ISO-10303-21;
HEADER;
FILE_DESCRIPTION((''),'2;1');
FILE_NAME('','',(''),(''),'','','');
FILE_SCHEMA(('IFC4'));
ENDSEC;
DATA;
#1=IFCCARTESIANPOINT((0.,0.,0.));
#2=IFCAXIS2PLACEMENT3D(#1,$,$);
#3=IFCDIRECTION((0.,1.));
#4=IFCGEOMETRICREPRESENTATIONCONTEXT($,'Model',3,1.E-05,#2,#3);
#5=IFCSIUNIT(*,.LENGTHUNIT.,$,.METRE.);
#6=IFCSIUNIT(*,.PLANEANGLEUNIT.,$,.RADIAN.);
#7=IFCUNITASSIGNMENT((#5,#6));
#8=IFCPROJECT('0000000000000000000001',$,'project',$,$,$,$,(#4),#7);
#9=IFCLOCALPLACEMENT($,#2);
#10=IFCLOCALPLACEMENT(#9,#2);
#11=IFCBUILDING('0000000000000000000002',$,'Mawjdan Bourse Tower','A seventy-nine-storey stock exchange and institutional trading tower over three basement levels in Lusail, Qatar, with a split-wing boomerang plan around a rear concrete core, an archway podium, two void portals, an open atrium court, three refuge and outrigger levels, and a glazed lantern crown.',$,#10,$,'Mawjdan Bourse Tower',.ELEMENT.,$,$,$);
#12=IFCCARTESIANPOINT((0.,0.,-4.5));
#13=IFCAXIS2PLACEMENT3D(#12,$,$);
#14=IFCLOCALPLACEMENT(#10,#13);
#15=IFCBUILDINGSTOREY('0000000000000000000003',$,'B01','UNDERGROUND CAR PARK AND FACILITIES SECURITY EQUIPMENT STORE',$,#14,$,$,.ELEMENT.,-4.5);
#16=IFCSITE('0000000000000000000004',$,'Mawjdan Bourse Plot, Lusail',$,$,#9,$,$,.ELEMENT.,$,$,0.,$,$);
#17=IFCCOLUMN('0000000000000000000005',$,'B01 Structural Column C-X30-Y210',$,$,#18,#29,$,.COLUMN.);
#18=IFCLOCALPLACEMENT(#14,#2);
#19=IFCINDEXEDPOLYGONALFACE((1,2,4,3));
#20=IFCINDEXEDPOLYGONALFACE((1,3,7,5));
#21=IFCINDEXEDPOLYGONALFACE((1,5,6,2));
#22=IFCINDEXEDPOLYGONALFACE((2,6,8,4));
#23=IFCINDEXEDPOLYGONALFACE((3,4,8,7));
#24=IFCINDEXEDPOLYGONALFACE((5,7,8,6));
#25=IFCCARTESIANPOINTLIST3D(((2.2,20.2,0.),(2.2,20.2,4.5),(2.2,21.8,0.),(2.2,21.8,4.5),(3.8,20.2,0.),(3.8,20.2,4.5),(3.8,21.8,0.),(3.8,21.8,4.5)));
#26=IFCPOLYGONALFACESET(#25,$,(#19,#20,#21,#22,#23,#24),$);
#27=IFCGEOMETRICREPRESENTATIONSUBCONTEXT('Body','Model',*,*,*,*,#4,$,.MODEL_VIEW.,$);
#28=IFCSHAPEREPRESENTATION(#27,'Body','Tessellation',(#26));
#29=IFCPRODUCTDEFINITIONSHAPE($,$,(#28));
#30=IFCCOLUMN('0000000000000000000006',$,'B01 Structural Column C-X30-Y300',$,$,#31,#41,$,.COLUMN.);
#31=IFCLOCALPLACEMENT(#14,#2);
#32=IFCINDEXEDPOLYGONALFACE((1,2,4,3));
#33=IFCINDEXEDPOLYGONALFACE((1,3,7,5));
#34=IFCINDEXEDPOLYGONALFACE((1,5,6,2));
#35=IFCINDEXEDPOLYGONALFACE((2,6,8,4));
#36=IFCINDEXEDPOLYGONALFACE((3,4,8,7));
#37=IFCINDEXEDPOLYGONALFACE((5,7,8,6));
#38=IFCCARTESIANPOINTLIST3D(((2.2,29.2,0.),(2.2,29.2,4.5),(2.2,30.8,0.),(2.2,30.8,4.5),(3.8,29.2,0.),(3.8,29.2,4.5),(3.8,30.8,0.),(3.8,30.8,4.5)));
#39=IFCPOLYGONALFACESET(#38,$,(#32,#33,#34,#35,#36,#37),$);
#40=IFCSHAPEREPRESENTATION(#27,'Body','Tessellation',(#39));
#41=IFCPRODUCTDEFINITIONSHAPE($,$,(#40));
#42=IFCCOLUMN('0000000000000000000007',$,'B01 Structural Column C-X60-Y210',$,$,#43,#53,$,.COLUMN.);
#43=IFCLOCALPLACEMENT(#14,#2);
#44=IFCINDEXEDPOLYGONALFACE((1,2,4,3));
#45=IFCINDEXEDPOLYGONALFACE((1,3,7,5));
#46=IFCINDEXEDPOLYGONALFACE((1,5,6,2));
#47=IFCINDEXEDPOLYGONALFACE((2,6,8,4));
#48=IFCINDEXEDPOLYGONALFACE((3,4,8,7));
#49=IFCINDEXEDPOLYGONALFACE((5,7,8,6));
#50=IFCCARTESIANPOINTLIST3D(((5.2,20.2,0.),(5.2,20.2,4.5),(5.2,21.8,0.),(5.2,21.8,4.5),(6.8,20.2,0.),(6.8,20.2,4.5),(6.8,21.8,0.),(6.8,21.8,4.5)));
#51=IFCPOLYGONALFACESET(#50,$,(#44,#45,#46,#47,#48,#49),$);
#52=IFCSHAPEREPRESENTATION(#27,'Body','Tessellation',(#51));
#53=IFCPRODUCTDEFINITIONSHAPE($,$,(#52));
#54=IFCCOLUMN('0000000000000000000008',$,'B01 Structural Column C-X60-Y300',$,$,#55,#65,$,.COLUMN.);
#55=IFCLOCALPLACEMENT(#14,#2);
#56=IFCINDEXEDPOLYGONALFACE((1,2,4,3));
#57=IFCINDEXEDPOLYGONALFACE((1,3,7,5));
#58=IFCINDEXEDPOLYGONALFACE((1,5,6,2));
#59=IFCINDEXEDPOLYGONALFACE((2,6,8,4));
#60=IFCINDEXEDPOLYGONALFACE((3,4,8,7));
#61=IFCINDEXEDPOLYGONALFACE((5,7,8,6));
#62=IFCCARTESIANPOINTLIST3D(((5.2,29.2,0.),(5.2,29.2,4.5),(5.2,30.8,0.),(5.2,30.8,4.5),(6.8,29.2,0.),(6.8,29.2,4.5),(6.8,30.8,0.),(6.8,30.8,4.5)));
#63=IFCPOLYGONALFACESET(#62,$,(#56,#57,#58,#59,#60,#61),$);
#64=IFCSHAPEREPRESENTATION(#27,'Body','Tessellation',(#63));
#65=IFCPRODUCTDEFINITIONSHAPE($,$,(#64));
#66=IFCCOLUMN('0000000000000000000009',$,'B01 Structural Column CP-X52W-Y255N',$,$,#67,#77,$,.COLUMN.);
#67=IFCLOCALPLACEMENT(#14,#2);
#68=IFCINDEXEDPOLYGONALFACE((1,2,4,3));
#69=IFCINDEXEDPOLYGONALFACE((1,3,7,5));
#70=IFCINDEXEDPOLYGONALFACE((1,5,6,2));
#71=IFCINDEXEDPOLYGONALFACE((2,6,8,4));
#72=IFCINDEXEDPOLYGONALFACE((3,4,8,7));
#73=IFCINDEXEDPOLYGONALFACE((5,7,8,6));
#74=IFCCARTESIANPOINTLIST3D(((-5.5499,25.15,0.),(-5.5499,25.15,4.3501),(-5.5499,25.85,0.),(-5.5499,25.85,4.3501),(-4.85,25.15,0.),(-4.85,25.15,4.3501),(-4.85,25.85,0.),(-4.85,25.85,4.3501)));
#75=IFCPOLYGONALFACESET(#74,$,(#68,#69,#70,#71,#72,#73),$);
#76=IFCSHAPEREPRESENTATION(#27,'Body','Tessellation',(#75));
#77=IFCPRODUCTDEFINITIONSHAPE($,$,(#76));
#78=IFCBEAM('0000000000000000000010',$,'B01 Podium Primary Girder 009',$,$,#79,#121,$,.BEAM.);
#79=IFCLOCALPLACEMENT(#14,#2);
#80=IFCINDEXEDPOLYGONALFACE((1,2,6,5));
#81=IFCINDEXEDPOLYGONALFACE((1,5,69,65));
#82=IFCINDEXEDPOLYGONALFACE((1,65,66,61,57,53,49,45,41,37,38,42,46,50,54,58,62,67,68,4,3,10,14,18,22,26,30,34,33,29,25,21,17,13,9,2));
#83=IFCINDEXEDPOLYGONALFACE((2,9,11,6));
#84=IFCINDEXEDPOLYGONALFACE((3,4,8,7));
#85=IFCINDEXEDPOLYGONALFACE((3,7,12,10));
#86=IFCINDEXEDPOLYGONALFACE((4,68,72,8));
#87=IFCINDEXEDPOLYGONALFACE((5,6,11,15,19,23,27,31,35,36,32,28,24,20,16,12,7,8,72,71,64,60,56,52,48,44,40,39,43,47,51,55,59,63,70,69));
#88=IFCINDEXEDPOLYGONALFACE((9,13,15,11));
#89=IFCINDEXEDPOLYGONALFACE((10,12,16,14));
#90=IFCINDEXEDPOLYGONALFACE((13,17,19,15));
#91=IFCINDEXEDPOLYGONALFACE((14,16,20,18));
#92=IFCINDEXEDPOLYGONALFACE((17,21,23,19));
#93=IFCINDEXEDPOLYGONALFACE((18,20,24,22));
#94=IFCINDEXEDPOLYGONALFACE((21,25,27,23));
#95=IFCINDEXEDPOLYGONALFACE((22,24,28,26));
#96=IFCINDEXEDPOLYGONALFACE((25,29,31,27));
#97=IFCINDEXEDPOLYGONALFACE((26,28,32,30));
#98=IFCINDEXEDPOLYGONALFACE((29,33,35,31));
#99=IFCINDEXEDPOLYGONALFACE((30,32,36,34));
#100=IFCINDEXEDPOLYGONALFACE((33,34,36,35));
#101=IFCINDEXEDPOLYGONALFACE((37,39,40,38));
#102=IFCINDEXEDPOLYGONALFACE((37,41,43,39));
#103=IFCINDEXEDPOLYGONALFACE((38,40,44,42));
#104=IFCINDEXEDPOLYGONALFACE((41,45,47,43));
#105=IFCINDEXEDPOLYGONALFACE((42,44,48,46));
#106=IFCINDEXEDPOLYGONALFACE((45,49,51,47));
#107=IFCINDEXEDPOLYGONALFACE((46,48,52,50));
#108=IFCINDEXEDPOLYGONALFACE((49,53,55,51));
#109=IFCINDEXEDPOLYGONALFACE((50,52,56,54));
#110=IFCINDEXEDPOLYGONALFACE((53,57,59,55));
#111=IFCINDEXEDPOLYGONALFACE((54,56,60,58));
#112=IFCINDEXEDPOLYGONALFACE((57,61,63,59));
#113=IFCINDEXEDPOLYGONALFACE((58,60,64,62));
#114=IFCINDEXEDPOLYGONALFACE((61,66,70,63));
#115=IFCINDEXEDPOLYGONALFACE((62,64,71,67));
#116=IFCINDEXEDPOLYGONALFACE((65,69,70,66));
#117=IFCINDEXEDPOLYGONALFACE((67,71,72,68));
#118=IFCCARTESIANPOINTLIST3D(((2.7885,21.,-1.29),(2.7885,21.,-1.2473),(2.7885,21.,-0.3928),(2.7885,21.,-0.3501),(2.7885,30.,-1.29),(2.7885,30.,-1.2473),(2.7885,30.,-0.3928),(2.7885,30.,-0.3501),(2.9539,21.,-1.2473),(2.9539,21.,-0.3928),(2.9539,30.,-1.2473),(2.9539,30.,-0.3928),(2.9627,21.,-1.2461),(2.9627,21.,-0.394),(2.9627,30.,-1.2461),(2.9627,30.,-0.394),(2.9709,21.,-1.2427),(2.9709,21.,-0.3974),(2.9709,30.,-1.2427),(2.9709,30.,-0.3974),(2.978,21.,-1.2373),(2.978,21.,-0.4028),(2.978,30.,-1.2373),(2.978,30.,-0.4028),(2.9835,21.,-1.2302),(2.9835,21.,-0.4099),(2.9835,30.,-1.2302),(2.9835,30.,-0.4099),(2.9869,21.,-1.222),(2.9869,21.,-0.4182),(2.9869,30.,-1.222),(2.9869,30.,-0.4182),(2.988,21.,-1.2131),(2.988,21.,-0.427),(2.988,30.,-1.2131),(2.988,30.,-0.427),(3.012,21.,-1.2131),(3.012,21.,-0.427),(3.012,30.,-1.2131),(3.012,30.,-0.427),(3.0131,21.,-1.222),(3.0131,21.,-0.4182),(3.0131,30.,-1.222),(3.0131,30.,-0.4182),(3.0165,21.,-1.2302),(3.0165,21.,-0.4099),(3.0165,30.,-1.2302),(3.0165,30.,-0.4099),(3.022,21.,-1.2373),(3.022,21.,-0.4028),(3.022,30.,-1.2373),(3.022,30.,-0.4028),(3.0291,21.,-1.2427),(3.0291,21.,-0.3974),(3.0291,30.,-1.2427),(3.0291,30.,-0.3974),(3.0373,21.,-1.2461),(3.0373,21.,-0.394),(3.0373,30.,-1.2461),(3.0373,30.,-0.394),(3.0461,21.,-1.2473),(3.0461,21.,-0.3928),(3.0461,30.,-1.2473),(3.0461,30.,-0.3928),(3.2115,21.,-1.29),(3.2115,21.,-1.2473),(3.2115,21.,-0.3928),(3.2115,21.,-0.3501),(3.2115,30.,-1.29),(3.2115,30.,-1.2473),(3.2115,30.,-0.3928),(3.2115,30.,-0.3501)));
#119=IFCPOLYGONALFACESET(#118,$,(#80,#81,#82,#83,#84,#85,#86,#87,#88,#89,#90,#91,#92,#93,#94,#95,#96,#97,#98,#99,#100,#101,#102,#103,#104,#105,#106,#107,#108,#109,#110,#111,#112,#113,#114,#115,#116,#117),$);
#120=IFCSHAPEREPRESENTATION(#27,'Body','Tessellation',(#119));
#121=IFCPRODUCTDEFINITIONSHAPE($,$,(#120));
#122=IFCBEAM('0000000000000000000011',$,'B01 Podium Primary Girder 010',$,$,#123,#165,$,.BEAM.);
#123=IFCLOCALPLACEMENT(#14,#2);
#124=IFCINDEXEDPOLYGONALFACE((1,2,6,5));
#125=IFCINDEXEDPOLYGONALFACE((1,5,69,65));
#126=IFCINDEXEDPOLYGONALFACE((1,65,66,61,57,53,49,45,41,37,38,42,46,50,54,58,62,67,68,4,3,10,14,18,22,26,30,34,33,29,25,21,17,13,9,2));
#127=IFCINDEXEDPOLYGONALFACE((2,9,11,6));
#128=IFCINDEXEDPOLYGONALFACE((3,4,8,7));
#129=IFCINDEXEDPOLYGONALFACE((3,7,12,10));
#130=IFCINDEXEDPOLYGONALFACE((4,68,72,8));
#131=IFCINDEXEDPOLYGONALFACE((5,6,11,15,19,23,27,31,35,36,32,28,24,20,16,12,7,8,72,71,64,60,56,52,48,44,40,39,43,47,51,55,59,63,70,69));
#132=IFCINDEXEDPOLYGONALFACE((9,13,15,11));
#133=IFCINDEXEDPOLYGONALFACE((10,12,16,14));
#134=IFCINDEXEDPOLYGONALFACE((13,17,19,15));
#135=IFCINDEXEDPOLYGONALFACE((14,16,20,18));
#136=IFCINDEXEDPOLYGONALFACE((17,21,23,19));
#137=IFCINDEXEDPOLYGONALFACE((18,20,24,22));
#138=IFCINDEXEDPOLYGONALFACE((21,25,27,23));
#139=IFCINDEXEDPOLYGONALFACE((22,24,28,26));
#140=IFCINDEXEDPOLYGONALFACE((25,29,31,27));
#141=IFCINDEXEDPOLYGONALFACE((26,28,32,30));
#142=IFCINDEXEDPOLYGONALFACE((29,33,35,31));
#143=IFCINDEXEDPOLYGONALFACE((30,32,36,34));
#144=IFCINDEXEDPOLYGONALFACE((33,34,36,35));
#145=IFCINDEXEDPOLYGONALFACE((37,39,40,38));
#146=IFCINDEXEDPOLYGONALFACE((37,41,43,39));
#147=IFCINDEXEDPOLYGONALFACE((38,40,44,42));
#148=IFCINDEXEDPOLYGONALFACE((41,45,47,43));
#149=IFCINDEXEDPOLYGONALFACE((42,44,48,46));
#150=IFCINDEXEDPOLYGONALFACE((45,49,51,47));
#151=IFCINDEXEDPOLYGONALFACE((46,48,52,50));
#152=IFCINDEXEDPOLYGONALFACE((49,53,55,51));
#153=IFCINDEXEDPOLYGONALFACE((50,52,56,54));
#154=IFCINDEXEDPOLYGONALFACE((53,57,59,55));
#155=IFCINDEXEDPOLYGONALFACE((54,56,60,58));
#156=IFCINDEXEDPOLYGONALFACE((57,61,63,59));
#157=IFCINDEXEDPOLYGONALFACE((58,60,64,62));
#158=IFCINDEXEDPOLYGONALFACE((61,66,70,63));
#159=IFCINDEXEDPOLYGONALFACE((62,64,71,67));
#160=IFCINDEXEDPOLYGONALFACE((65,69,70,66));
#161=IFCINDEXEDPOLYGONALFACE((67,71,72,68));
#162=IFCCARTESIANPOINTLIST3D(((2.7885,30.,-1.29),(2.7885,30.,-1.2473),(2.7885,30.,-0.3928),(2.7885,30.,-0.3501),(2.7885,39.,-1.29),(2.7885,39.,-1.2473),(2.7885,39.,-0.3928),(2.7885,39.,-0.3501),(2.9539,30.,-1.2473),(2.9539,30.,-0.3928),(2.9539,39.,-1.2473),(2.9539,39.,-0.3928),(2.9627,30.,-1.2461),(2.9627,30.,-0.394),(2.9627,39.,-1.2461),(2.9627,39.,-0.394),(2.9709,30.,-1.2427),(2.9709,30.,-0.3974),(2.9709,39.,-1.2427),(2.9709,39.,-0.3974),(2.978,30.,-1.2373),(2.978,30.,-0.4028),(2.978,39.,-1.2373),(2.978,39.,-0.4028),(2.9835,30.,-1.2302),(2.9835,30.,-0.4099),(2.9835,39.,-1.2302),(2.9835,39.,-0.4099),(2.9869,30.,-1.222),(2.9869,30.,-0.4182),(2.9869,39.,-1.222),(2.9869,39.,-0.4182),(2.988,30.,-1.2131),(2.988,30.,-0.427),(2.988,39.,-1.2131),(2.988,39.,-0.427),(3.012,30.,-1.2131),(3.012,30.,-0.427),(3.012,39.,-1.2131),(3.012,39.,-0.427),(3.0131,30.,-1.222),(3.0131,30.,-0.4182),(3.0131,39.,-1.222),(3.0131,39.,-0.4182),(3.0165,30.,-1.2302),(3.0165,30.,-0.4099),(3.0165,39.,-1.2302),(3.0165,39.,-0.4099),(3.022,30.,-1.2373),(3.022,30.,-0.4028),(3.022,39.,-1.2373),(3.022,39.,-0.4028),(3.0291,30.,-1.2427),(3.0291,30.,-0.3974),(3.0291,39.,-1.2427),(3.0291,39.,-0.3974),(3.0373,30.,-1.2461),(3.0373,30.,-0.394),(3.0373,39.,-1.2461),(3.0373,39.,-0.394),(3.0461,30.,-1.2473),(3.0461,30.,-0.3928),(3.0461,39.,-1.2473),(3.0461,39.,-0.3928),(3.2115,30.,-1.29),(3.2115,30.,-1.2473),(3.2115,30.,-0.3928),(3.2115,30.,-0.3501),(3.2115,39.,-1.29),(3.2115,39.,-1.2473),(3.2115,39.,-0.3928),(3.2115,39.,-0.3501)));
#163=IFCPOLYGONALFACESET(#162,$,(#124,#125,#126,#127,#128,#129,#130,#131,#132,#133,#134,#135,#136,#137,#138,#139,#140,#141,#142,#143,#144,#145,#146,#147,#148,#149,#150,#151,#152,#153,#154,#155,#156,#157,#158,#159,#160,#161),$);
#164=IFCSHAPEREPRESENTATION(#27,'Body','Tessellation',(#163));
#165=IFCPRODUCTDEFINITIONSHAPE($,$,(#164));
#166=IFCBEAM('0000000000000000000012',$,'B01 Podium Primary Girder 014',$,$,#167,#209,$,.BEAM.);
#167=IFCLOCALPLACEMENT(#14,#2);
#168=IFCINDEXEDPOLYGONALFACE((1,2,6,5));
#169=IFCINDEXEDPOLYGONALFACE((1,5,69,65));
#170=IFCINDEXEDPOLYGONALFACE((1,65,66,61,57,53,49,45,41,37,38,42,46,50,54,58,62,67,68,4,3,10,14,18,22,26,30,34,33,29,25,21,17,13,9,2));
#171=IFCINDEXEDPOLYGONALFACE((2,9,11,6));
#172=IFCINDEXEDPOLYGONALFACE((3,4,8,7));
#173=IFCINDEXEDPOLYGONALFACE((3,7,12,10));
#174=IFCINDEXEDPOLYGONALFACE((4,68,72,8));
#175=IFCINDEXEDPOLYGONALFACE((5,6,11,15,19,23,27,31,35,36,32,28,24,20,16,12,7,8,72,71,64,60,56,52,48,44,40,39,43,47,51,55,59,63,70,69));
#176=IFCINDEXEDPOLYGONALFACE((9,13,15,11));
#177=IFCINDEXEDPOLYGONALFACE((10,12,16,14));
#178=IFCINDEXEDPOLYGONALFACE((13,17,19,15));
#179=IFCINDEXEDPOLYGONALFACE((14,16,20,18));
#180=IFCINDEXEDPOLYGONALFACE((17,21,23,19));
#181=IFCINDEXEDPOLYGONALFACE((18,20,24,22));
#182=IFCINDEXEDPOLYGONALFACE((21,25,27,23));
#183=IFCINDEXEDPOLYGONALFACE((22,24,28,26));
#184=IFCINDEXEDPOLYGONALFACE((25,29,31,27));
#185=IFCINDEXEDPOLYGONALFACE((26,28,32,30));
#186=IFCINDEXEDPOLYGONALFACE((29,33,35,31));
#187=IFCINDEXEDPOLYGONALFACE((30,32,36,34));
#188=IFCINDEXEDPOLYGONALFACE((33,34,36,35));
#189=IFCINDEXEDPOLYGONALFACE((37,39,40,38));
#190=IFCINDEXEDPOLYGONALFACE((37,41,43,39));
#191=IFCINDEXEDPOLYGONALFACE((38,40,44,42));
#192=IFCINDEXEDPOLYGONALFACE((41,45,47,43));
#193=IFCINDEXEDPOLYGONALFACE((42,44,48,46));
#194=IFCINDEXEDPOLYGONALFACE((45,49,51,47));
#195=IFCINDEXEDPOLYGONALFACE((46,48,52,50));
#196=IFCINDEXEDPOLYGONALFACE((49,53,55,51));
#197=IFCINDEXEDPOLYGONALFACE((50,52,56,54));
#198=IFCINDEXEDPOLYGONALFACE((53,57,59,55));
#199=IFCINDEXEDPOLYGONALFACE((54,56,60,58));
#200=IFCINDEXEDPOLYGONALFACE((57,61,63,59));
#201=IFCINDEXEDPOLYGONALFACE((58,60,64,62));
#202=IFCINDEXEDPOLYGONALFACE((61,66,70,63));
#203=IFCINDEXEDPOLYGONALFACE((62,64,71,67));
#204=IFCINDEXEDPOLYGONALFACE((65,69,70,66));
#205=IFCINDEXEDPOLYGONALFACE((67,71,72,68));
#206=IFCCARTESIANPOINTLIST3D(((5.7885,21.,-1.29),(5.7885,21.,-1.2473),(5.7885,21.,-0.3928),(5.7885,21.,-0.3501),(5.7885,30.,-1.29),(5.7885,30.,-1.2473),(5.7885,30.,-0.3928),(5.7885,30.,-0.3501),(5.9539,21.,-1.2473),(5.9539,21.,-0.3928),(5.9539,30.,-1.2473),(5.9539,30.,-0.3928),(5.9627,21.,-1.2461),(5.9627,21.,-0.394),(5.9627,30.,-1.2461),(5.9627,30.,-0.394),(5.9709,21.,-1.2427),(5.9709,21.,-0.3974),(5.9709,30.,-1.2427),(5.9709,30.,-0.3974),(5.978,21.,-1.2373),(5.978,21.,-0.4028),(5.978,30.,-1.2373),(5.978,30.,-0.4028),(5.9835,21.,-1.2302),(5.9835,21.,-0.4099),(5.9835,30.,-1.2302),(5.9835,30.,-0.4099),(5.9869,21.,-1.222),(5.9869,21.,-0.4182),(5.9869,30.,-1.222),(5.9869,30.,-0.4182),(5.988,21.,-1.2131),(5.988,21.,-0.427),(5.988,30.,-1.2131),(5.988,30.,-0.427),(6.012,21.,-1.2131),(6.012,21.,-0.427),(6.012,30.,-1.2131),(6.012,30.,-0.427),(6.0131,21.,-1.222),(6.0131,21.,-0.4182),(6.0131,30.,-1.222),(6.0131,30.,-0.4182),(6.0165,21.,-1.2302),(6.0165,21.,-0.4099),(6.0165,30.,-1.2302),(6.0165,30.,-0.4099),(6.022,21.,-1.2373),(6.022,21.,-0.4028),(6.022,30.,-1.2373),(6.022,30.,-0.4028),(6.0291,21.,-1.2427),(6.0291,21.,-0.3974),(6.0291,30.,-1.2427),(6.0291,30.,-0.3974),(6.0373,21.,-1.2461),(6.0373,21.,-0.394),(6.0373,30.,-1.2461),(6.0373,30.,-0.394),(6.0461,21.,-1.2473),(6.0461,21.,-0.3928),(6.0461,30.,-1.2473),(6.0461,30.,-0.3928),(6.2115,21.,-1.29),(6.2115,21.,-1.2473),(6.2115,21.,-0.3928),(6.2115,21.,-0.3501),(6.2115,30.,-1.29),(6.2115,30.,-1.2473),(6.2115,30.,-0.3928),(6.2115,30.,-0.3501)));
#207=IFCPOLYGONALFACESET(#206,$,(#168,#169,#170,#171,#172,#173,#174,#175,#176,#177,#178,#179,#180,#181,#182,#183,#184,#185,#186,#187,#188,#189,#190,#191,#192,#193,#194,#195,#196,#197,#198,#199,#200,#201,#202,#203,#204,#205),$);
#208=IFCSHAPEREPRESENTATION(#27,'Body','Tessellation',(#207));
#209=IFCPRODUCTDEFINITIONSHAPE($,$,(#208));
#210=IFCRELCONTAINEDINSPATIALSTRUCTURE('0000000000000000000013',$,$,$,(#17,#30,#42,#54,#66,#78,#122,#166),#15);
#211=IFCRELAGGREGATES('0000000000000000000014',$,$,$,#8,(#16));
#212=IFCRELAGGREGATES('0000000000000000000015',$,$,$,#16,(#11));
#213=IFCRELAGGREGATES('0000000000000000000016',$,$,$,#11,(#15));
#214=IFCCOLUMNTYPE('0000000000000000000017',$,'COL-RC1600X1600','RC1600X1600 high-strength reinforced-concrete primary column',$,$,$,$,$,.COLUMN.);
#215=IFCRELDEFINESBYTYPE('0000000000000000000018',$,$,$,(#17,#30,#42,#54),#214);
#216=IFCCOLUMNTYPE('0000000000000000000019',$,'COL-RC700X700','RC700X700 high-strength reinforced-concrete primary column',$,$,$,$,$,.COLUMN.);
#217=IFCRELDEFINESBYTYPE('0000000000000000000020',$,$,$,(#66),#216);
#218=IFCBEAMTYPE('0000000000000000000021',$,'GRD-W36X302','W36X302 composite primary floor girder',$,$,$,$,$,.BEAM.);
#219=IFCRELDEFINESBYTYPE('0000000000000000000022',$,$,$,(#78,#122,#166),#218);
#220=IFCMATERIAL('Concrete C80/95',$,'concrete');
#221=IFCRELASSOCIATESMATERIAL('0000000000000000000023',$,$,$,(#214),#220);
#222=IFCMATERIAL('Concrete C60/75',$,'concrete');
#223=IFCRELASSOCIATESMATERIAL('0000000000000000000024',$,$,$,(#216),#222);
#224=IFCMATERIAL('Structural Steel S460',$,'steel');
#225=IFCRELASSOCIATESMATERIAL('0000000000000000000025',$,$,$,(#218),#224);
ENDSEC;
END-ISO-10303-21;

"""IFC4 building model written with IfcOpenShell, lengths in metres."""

from ifc_helpers import new_model, si_unit, direction, frame, origin, origin_2d, place, context, subcontext, project, spatial, rectangle, i_section, extrude, material, material_profile, profile_set, type_object, element, save


model = new_model("IFC4")

# Units and contexts
model_context = context("Model", 3, precision=1e-05, world=origin(), true_north=direction((0.0, 1.0)))
body_context = subcontext(model_context, "Body", "Model", "MODEL_VIEW")
ifc_project = project(units=[si_unit("LENGTHUNIT", "METRE"), si_unit("PLANEANGLEUNIT", "RADIAN")], contexts=[model_context])

# Site, building, storey
site_placement = place(None, origin())
site = spatial("IfcSite", under=ifc_project, at=site_placement, Name="Mawjdan Bourse Plot, Lusail", CompositionType="ELEMENT", RefElevation=0.0)
building_placement = place(site_placement, origin())
building = spatial("IfcBuilding", under=site, at=building_placement, Name="Mawjdan Bourse Tower", Description="A seventy-nine-storey stock exchange and institutional trading tower over three basement levels in Lusail, Qatar, with a split-wing boomerang plan around a rear concrete core, an archway podium, two void portals, an open atrium court, three refuge and outrigger levels, and a glazed lantern crown.", LongName="Mawjdan Bourse Tower", CompositionType="ELEMENT")
storey_placement = place(building_placement, frame((0.0, 0.0, -4.5)))
storey = spatial("IfcBuildingStorey", under=building, at=storey_placement, Name="B01", Description="UNDERGROUND CAR PARK AND FACILITIES SECURITY EQUIPMENT STORE", CompositionType="ELEMENT", Elevation=-4.5)

# Columns
ifc_material_1 = material(Name="Concrete C80/95", Category="concrete")
ifc_material_profile_1 = material_profile(ifc_material_1, rectangle(XDim=1.6001, YDim=1.6001, at=origin_2d()), Name="RC1600X1600")
ifc_profile_set_1 = profile_set([ifc_material_profile_1], Name="Concrete C80/95")
column_type_1 = type_object("IfcColumnType", Name="COL-RC1600X1600", Description="RC1600X1600 high-strength reinforced-concrete primary column", PredefinedType="COLUMN", material=ifc_profile_set_1)
for number, where, z_axis, x_axis, name in (
    (1, (3.0, 21.0, 0.0), (0.0, 0.0, 1.0), (1.0, 0.0, 0.0), "B01 Structural Column C-X30-Y210"),
    (2, (3.0, 30.0, 0.0), (0.0, 0.0, 1.0), (1.0, 0.0, 0.0), "B01 Structural Column C-X30-Y300"),
    (3, (6.0, 21.0, 0.0), (0.0, 0.0, 1.0), (1.0, 0.0, 0.0), "B01 Structural Column C-X60-Y210"),
    (4, (6.0, 30.0, 0.0), (0.0, 0.0, 1.0), (1.0, 0.0, 0.0), "B01 Structural Column C-X60-Y300"),
):
    element("IfcColumn", number, at=place(storey_placement, frame(where, z_axis=z_axis, x_axis=x_axis)), inside=storey, type_object=column_type_1, Name=name, PredefinedType="COLUMN", context=body_context, shape_type="SweptSolid", body=[
        extrude(rectangle(XDim=1.6001, YDim=1.6001, at=origin_2d()), origin(), (0.0, 0.0, 1.0), 4.5),
    ])
ifc_material_2 = material(Name="Concrete C60/75", Category="concrete")
ifc_material_profile_2 = material_profile(ifc_material_2, rectangle(XDim=0.7, YDim=0.7, at=origin_2d()), Name="RC700X700")
ifc_profile_set_2 = profile_set([ifc_material_profile_2], Name="Concrete C60/75")
column_type_2 = type_object("IfcColumnType", Name="COL-RC700X700", Description="RC700X700 high-strength reinforced-concrete primary column", PredefinedType="COLUMN", material=ifc_profile_set_2)
column_placement = place(storey_placement, frame((-5.2, 25.5, 0.0), z_axis=(0.0, 0.0, 1.0), x_axis=(1.0, 0.0, 0.0)))
element("IfcColumn", 5, at=column_placement, inside=storey, type_object=column_type_2, Name="B01 Structural Column CP-X52W-Y255N", PredefinedType="COLUMN", context=body_context, shape_type="SweptSolid", body=[
    extrude(rectangle(XDim=0.7, YDim=0.7, at=origin_2d()), origin(), (0.0, 0.0, 1.0), 4.3501),
])

# Beams
ifc_material_3 = material(Name="Structural Steel S460", Category="steel")
ifc_material_profile_3 = material_profile(ifc_material_3, i_section(OverallWidth=0.4231, OverallDepth=0.9399, WebThickness=0.0239, FlangeThickness=0.0427, FilletRadius=0.0342, at=origin_2d()), Name="W36X302")
ifc_profile_set_3 = profile_set([ifc_material_profile_3], Name="Structural Steel S460")
beam_type_1 = type_object("IfcBeamType", Name="GRD-W36X302", Description="W36X302 composite primary floor girder", PredefinedType="BEAM", material=ifc_profile_set_3)
for number, where, z_axis, x_axis, name in (
    (6, (3.0, 21.0, -0.8201), (0.0, 1.0, 0.0), (-1.0, 0.0, 0.0), "B01 Podium Primary Girder 009"),
    (7, (3.0, 30.0, -0.8201), (0.0, 1.0, 0.0), (-1.0, 0.0, 0.0), "B01 Podium Primary Girder 010"),
    (8, (6.0, 21.0, -0.8201), (0.0, 1.0, 0.0), (-1.0, 0.0, 0.0), "B01 Podium Primary Girder 014"),
):
    element("IfcBeam", number, at=place(storey_placement, frame(where, z_axis=z_axis, x_axis=x_axis)), inside=storey, type_object=beam_type_1, Name=name, PredefinedType="BEAM", context=body_context, shape_type="SweptSolid", body=[
        extrude(i_section(OverallWidth=0.4231, OverallDepth=0.9399, WebThickness=0.0239, FlangeThickness=0.0427, FilletRadius=0.0342, at=origin_2d()), origin(), (0.0, 0.0, 1.0), 9.0),
    ])

save(model, "model.ifc")
